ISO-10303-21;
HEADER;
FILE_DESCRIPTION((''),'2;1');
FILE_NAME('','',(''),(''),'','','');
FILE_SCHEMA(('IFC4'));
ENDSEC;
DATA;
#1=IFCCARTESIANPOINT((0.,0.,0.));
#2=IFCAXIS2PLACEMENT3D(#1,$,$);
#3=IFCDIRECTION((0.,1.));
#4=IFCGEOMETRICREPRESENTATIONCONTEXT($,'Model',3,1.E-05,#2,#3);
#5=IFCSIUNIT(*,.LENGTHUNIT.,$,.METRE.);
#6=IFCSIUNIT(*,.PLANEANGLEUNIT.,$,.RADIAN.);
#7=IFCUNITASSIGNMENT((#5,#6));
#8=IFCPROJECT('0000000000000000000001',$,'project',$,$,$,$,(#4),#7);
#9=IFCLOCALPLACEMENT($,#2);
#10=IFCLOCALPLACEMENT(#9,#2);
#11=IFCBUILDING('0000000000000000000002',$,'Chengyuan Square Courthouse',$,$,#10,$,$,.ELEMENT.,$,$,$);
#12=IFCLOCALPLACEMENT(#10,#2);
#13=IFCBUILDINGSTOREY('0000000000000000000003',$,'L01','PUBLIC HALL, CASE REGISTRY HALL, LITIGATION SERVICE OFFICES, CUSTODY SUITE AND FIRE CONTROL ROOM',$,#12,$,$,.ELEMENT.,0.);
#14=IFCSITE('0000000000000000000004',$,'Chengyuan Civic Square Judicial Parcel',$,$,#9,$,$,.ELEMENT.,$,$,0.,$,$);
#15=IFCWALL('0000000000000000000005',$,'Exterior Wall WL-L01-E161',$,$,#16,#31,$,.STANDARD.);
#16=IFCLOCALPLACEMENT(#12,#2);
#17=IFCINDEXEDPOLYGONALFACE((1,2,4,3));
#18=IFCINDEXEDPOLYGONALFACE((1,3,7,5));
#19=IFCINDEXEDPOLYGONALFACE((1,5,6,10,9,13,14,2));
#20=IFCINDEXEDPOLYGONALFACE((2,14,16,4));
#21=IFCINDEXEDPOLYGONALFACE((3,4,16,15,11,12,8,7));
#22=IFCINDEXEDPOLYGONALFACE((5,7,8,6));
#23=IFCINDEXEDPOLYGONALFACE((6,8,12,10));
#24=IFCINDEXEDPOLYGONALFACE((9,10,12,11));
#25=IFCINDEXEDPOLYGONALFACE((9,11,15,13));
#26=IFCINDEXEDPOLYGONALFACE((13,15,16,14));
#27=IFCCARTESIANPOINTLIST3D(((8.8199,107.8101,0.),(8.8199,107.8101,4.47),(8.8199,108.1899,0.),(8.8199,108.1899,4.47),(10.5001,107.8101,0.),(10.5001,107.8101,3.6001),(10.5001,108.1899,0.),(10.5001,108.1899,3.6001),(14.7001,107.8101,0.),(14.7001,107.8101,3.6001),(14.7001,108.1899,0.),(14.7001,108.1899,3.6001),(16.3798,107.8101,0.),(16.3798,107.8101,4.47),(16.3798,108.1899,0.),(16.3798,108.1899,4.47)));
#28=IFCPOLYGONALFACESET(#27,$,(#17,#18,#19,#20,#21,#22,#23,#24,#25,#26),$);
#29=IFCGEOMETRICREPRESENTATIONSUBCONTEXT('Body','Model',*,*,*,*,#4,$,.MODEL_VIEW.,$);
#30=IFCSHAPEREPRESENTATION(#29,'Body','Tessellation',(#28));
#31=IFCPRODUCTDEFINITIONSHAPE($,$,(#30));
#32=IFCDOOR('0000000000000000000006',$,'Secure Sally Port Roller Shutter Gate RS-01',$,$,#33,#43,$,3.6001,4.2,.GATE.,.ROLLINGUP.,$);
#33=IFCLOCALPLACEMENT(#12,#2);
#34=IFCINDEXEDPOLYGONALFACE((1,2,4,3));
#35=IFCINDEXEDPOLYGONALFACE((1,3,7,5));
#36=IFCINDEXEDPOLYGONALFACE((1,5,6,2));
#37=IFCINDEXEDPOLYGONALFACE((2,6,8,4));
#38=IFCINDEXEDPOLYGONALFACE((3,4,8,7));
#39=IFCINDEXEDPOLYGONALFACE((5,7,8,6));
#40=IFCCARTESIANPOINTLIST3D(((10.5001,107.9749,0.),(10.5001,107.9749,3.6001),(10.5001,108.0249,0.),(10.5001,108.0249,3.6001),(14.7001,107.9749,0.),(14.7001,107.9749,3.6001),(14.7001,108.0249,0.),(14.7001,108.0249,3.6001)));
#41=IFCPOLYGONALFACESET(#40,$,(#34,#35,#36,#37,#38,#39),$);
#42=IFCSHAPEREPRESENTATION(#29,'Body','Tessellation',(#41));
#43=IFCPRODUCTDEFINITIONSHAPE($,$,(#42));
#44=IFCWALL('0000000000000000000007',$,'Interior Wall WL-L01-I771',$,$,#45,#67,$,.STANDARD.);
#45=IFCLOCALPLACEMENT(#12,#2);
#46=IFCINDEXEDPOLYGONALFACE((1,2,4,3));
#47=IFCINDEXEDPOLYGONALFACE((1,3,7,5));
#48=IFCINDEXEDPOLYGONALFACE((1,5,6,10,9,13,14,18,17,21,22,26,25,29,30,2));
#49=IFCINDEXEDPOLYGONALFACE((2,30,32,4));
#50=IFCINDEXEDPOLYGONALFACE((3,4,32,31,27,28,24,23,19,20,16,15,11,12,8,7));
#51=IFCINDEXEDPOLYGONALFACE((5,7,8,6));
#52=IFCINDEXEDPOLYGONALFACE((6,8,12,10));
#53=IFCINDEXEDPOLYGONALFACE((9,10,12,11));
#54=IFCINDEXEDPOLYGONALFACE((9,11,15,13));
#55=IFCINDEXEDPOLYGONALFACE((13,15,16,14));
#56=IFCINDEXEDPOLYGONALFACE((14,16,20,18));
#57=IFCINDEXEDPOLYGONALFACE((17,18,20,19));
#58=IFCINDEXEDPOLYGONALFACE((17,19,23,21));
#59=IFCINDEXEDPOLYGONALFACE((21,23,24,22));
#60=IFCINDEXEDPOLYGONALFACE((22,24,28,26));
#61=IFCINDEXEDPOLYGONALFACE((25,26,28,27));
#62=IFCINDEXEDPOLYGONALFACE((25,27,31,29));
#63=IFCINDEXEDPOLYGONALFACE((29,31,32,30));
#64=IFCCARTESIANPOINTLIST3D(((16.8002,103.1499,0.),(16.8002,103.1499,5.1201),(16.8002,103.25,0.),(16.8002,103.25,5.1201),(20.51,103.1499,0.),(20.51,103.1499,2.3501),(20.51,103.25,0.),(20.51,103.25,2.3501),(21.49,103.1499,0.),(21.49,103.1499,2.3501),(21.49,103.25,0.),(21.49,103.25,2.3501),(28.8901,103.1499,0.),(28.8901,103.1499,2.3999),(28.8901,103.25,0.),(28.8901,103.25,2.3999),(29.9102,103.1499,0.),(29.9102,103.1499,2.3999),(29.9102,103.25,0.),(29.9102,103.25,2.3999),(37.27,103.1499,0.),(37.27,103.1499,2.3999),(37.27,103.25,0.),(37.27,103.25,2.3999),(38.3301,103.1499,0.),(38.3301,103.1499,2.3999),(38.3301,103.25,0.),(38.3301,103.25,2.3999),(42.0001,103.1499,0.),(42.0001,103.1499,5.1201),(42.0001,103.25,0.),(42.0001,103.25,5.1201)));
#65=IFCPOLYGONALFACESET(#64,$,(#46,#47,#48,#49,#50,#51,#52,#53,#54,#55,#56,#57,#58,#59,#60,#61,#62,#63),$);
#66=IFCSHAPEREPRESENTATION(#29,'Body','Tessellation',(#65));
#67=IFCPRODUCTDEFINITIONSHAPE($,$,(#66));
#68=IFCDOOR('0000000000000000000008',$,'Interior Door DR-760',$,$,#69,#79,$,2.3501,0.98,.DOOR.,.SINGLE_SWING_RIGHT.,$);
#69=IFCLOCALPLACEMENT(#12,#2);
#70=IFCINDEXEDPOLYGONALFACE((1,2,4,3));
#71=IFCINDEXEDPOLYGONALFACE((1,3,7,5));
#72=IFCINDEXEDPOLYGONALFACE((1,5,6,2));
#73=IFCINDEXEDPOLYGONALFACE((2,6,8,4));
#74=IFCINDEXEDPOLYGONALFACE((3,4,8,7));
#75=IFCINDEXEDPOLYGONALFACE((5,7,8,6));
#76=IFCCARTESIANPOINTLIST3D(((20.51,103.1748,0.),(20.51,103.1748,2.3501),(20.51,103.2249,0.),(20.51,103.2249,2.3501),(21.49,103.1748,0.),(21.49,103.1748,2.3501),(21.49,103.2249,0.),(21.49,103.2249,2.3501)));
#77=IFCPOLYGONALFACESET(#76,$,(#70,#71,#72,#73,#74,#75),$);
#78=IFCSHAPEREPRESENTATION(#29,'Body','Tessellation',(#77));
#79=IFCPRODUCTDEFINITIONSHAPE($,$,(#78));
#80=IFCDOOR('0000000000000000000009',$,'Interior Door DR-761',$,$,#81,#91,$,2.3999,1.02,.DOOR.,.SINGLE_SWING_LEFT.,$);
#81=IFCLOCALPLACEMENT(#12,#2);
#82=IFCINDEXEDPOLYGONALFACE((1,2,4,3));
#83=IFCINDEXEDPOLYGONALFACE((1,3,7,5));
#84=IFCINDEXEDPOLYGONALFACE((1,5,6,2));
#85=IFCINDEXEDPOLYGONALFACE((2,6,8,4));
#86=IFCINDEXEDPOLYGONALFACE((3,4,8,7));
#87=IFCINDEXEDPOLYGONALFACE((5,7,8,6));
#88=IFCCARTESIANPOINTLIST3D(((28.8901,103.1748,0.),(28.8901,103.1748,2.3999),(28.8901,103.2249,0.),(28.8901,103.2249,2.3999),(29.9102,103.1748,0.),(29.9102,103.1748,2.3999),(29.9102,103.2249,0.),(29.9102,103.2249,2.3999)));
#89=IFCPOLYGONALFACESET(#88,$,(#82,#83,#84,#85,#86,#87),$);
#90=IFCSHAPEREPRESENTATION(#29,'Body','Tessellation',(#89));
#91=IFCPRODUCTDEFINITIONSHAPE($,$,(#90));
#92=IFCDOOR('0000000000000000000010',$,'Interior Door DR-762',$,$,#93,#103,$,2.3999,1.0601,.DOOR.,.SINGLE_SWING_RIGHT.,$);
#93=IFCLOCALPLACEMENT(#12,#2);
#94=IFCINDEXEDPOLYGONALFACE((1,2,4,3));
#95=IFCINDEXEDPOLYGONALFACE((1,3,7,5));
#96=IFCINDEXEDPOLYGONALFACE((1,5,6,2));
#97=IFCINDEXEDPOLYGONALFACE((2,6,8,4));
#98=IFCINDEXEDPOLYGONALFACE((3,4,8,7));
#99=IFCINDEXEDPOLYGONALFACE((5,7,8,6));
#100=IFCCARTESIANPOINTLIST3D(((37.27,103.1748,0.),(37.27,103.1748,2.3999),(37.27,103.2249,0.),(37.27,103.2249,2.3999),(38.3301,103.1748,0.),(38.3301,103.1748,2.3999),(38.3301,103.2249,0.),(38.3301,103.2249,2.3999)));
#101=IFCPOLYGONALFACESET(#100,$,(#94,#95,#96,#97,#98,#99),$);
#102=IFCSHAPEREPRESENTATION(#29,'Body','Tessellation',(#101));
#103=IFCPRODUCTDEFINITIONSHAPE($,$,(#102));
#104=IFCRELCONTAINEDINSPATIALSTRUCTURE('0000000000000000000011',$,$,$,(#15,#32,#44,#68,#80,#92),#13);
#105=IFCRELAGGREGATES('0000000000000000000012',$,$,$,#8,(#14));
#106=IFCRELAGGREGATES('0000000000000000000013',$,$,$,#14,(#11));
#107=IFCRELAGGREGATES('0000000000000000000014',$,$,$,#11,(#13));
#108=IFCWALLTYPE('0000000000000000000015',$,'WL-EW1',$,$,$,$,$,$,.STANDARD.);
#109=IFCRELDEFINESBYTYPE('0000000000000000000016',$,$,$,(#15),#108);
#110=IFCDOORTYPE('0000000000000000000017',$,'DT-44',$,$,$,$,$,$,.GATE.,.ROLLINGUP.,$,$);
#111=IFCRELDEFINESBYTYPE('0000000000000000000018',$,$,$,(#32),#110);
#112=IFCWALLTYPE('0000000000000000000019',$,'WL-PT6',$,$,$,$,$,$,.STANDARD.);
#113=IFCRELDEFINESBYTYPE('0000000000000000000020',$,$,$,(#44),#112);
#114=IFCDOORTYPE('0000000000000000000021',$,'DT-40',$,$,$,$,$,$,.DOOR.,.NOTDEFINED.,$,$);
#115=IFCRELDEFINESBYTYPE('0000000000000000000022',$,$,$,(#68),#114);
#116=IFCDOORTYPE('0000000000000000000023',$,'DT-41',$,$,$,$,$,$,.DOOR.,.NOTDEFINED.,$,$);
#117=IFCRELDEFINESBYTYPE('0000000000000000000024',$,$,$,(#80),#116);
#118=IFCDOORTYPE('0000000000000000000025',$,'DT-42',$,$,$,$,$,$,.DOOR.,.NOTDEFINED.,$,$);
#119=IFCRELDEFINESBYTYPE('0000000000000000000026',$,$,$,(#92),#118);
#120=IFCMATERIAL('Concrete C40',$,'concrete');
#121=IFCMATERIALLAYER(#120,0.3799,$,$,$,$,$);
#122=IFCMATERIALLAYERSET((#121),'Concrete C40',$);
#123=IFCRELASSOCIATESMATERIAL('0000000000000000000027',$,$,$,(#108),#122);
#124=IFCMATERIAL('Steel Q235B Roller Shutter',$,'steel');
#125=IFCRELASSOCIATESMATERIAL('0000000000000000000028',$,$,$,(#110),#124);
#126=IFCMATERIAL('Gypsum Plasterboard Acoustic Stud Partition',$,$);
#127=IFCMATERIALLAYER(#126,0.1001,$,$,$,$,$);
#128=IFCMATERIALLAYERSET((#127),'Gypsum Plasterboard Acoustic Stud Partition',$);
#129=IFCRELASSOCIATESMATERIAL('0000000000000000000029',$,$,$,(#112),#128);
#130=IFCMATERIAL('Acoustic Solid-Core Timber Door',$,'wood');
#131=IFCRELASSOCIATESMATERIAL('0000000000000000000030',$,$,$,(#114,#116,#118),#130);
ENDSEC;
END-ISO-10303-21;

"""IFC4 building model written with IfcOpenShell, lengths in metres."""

from ifc_helpers import new_model, si_unit, direction, frame, frame_2d, origin, place, context, subcontext, project, spatial, rectangle, extrude, material, layer, layer_set, type_object, element, fill, save


model = new_model("IFC4")

# Units and contexts
model_context = context("Model", 3, precision=1e-05, world=origin(), true_north=direction((0.0, 1.0)))
body_context = subcontext(model_context, "Body", "Model", "MODEL_VIEW")
ifc_project = project(units=[si_unit("LENGTHUNIT", "METRE"), si_unit("PLANEANGLEUNIT", "RADIAN")], contexts=[model_context])

# Site, building, storey
site_placement = place(None, origin())
site = spatial("IfcSite", under=ifc_project, at=site_placement, Name="Chengyuan Civic Square Judicial Parcel", CompositionType="ELEMENT", RefElevation=0.0)
building_placement = place(site_placement, origin())
building = spatial("IfcBuilding", under=site, at=building_placement, Name="Chengyuan Square Courthouse", CompositionType="ELEMENT")
storey_placement = place(building_placement, origin())
storey = spatial("IfcBuildingStorey", under=building, at=storey_placement, Name="L01", Description="PUBLIC HALL, CASE REGISTRY HALL, LITIGATION SERVICE OFFICES, CUSTODY SUITE AND FIRE CONTROL ROOM", CompositionType="ELEMENT", Elevation=0.0)

# Shared definitions
ifc_material_1 = material(Name="Concrete C40", Category="concrete")

# Wall, opening, door
ifc_layer_1 = layer(ifc_material_1, 0.3799)
ifc_layer_set_1 = layer_set([ifc_layer_1], Name="Concrete C40")
wall_type_1 = type_object("IfcWallType", Name="WL-EW1", PredefinedType="STANDARD", material=ifc_layer_set_1)
wall_1_placement = place(storey_placement, frame((8.8201, 108.0, 0.0), z_axis=(0.0, 0.0, 1.0), x_axis=(1.0, 0.0, 0.0)))
wall_1 = element("IfcWall", 1, at=wall_1_placement, inside=storey, type_object=wall_type_1, Name="Exterior Wall WL-L01-E161", PredefinedType="STANDARD", context=body_context, shape_type="SweptSolid", body=[
    extrude(rectangle(XDim=7.5598, YDim=0.3799, at=frame_2d((3.7798, 0.0))), origin(), (0.0, 0.0, 1.0), 4.47),
])
opening_1_placement = place(wall_1_placement, frame((1.6799, 0.0, 0.0)))
opening_1 = element("IfcOpeningElement", 2, at=opening_1_placement, cuts=wall_1, PredefinedType="OPENING", context=body_context, shape_type="SweptSolid", body=[
    extrude(rectangle(XDim=4.2, YDim=3.6001, at=frame_2d((2.1001, 1.8))), frame((0.0, 0.2019, 0.0), z_axis=(0.0, -1.0, 0.0), x_axis=(1.0, 0.0, 0.0)), (0.0, 0.0, 1.0), 0.4038),
])
ifc_material_2 = material(Name="Steel Q235B Roller Shutter", Category="steel")
door_type_1 = type_object("IfcDoorType", Name="DT-44", OperationType="ROLLINGUP", PredefinedType="GATE", material=ifc_material_2)
door_1_placement = place(opening_1_placement, origin())
door_1 = element("IfcDoor", 3, at=door_1_placement, inside=storey, type_object=door_type_1, Name="Secure Sally Port Roller Shutter Gate RS-01", OperationType="ROLLINGUP", OverallHeight=3.6001, OverallWidth=4.2, PredefinedType="GATE", context=body_context, shape_type="SweptSolid", body=[
    extrude(rectangle(XDim=4.2, YDim=3.6001, at=frame_2d((2.1001, 1.8))), frame((0.0, 0.0249, 0.0), z_axis=(0.0, -1.0, 0.0), x_axis=(1.0, 0.0, 0.0)), (0.0, 0.0, 1.0), 0.05),
])
fill(opening_1, door_1)

# Wall, openings, doors
ifc_material_3 = material(Name="Gypsum Plasterboard Acoustic Stud Partition")
ifc_layer_2 = layer(ifc_material_3, 0.1001)
ifc_layer_set_2 = layer_set([ifc_layer_2], Name="Gypsum Plasterboard Acoustic Stud Partition")
wall_type_2 = type_object("IfcWallType", Name="WL-PT6", PredefinedType="STANDARD", material=ifc_layer_set_2)
wall_2_placement = place(storey_placement, frame((16.8, 103.2, 0.0), z_axis=(0.0, 0.0, 1.0), x_axis=(1.0, 0.0, 0.0)))
wall_2 = element("IfcWall", 4, at=wall_2_placement, inside=storey, type_object=wall_type_2, Name="Interior Wall WL-L01-I771", PredefinedType="STANDARD", context=body_context, shape_type="SweptSolid", body=[
    extrude(rectangle(XDim=25.2, YDim=0.1001, at=frame_2d((12.6001, 0.0))), origin(), (0.0, 0.0, 1.0), 5.1201),
])
opening_2_placement = place(wall_2_placement, frame((3.71, 0.0, 0.0)))
opening_2 = element("IfcOpeningElement", 5, at=opening_2_placement, cuts=wall_2, PredefinedType="OPENING", context=body_context, shape_type="SweptSolid", body=[
    extrude(rectangle(XDim=0.98, YDim=2.3501, at=frame_2d((0.49, 1.175))), frame((0.0, 0.062, 0.0), z_axis=(0.0, -1.0, 0.0), x_axis=(1.0, 0.0, 0.0)), (0.0, 0.0, 1.0), 0.124),
])
opening_3_placement = place(wall_2_placement, frame((12.0901, 0.0, 0.0)))
opening_3 = element("IfcOpeningElement", 6, at=opening_3_placement, cuts=wall_2, PredefinedType="OPENING", context=body_context, shape_type="SweptSolid", body=[
    extrude(rectangle(XDim=1.02, YDim=2.3999, at=frame_2d((0.51, 1.2))), frame((0.0, 0.062, 0.0), z_axis=(0.0, -1.0, 0.0), x_axis=(1.0, 0.0, 0.0)), (0.0, 0.0, 1.0), 0.124),
])
opening_4_placement = place(wall_2_placement, frame((20.47, 0.0, 0.0)))
opening_4 = element("IfcOpeningElement", 7, at=opening_4_placement, cuts=wall_2, PredefinedType="OPENING", context=body_context, shape_type="SweptSolid", body=[
    extrude(rectangle(XDim=1.0601, YDim=2.3999, at=frame_2d((0.53, 1.2))), frame((0.0, 0.062, 0.0), z_axis=(0.0, -1.0, 0.0), x_axis=(1.0, 0.0, 0.0)), (0.0, 0.0, 1.0), 0.124),
])
ifc_material_4 = material(Name="Acoustic Solid-Core Timber Door", Category="wood")
door_type_2 = type_object("IfcDoorType", Name="DT-40", OperationType="NOTDEFINED", PredefinedType="DOOR", material=ifc_material_4)
door_2_placement = place(opening_2_placement, origin())
door_2 = element("IfcDoor", 8, at=door_2_placement, inside=storey, type_object=door_type_2, Name="Interior Door DR-760", OperationType="SINGLE_SWING_RIGHT", OverallHeight=2.3501, OverallWidth=0.98, PredefinedType="DOOR", context=body_context, shape_type="SweptSolid", body=[
    extrude(rectangle(XDim=0.98, YDim=2.3501, at=frame_2d((0.49, 1.175))), frame((0.0, 0.0249, 0.0), z_axis=(0.0, -1.0, 0.0), x_axis=(1.0, 0.0, 0.0)), (0.0, 0.0, 1.0), 0.05),
])
fill(opening_2, door_2)
door_type_3 = type_object("IfcDoorType", Name="DT-41", OperationType="NOTDEFINED", PredefinedType="DOOR", material=ifc_material_4)
door_3_placement = place(opening_3_placement, origin())
door_3 = element("IfcDoor", 9, at=door_3_placement, inside=storey, type_object=door_type_3, Name="Interior Door DR-761", OperationType="SINGLE_SWING_LEFT", OverallHeight=2.3999, OverallWidth=1.02, PredefinedType="DOOR", context=body_context, shape_type="SweptSolid", body=[
    extrude(rectangle(XDim=1.02, YDim=2.3999, at=frame_2d((0.51, 1.2))), frame((0.0, 0.0249, 0.0), z_axis=(0.0, -1.0, 0.0), x_axis=(1.0, 0.0, 0.0)), (0.0, 0.0, 1.0), 0.05),
])
fill(opening_3, door_3)
door_type_4 = type_object("IfcDoorType", Name="DT-42", OperationType="NOTDEFINED", PredefinedType="DOOR", material=ifc_material_4)
door_4_placement = place(opening_4_placement, origin())
door_4 = element("IfcDoor", 10, at=door_4_placement, inside=storey, type_object=door_type_4, Name="Interior Door DR-762", OperationType="SINGLE_SWING_RIGHT", OverallHeight=2.3999, OverallWidth=1.0601, PredefinedType="DOOR", context=body_context, shape_type="SweptSolid", body=[
    extrude(rectangle(XDim=1.0601, YDim=2.3999, at=frame_2d((0.53, 1.2))), frame((0.0, 0.0249, 0.0), z_axis=(0.0, -1.0, 0.0), x_axis=(1.0, 0.0, 0.0)), (0.0, 0.0, 1.0), 0.05),
])
fill(opening_4, door_4)

save(model, "model.ifc")
